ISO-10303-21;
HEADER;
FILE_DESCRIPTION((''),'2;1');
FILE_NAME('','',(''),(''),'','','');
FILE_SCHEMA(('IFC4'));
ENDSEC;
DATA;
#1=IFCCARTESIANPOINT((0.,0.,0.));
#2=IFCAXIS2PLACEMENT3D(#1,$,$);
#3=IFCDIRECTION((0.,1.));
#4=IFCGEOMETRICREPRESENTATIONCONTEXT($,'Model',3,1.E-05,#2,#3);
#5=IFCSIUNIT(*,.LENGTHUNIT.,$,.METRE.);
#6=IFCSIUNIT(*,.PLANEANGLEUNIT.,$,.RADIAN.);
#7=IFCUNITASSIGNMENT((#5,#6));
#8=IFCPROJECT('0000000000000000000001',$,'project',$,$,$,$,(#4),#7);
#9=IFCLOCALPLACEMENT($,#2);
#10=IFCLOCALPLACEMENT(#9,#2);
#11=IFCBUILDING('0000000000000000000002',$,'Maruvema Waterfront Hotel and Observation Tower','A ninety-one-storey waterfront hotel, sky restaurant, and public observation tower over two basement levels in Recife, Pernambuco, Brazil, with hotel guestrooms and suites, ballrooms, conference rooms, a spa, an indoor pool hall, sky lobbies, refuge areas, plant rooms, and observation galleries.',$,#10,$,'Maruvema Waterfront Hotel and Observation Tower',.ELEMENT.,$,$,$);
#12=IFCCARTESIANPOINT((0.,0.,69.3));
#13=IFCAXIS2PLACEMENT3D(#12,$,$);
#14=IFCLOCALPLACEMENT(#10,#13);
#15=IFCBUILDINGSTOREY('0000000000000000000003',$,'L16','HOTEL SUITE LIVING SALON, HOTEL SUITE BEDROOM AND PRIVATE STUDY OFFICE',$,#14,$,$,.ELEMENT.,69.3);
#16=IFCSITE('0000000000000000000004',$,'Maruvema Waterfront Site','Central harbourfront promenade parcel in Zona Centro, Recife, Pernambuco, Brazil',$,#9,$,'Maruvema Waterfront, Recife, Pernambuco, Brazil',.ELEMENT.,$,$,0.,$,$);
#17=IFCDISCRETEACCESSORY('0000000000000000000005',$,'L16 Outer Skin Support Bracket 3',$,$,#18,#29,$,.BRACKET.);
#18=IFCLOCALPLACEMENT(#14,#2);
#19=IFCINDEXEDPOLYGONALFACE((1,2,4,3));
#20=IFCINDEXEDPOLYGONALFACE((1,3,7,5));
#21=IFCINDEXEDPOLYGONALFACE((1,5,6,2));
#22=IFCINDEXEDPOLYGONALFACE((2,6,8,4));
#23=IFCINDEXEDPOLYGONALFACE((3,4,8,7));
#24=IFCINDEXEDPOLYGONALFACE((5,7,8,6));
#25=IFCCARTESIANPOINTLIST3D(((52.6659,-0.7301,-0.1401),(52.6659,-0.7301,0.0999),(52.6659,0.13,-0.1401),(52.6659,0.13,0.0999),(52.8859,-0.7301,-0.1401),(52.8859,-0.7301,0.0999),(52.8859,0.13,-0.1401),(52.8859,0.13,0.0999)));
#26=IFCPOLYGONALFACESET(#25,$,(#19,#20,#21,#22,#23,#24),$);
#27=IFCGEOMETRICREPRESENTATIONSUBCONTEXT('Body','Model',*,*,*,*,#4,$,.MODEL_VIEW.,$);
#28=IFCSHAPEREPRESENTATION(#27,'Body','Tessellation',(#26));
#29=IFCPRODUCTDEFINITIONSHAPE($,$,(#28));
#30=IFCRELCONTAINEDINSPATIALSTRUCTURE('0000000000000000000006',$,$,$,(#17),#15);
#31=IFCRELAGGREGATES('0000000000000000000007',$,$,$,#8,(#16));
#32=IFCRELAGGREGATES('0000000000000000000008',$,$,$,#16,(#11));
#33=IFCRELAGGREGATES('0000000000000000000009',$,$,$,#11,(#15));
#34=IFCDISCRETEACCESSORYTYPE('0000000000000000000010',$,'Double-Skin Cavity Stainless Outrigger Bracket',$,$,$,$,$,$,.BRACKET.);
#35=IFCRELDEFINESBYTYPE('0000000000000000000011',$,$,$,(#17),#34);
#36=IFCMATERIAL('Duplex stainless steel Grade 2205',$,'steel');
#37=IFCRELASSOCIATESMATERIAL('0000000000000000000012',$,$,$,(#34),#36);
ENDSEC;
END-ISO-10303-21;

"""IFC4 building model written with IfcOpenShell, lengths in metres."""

from ifc_helpers import new_model, si_unit, direction, frame, origin, origin_2d, place, context, subcontext, project, spatial, rectangle, extrude, material, type_object, element, save


model = new_model("IFC4")

# Units and contexts
model_context = context("Model", 3, precision=1e-05, world=origin(), true_north=direction((0.0, 1.0)))
body_context = subcontext(model_context, "Body", "Model", "MODEL_VIEW")
ifc_project = project(units=[si_unit("LENGTHUNIT", "METRE"), si_unit("PLANEANGLEUNIT", "RADIAN")], contexts=[model_context])

# Site, building, storey
site_placement = place(None, origin())
site = spatial("IfcSite", under=ifc_project, at=site_placement, Name="Maruvema Waterfront Site", Description="Central harbourfront promenade parcel in Zona Centro, Recife, Pernambuco, Brazil", LongName="Maruvema Waterfront, Recife, Pernambuco, Brazil", CompositionType="ELEMENT", RefElevation=0.0)
building_placement = place(site_placement, origin())
building = spatial("IfcBuilding", under=site, at=building_placement, Name="Maruvema Waterfront Hotel and Observation Tower", Description="A ninety-one-storey waterfront hotel, sky restaurant, and public observation tower over two basement levels in Recife, Pernambuco, Brazil, with hotel guestrooms and suites, ballrooms, conference rooms, a spa, an indoor pool hall, sky lobbies, refuge areas, plant rooms, and observation galleries.", LongName="Maruvema Waterfront Hotel and Observation Tower", CompositionType="ELEMENT")
storey_placement = place(building_placement, frame((0.0, 0.0, 69.3)))
storey = spatial("IfcBuildingStorey", under=building, at=storey_placement, Name="L16", Description="HOTEL SUITE LIVING SALON, HOTEL SUITE BEDROOM AND PRIVATE STUDY OFFICE", CompositionType="ELEMENT", Elevation=69.3)

# Discrete accessory
ifc_material_1 = material(Name="Duplex stainless steel Grade 2205", Category="steel")
discrete_accessory_type = type_object("IfcDiscreteAccessoryType", Name="Double-Skin Cavity Stainless Outrigger Bracket", PredefinedType="BRACKET", material=ifc_material_1)
discrete_accessory_placement = place(storey_placement, frame((52.7759, -0.3, -0.1401), z_axis=(0.0, 0.0, 1.0), x_axis=(1.0, 0.0, 0.0)))
element("IfcDiscreteAccessory", 1, at=discrete_accessory_placement, inside=storey, type_object=discrete_accessory_type, Name="L16 Outer Skin Support Bracket 3", PredefinedType="BRACKET", context=body_context, shape_type="SweptSolid", body=[
    extrude(rectangle(XDim=0.22, YDim=0.8601, at=origin_2d()), origin(), (0.0, 0.0, 1.0), 0.24),
])

save(model, "model.ifc")
